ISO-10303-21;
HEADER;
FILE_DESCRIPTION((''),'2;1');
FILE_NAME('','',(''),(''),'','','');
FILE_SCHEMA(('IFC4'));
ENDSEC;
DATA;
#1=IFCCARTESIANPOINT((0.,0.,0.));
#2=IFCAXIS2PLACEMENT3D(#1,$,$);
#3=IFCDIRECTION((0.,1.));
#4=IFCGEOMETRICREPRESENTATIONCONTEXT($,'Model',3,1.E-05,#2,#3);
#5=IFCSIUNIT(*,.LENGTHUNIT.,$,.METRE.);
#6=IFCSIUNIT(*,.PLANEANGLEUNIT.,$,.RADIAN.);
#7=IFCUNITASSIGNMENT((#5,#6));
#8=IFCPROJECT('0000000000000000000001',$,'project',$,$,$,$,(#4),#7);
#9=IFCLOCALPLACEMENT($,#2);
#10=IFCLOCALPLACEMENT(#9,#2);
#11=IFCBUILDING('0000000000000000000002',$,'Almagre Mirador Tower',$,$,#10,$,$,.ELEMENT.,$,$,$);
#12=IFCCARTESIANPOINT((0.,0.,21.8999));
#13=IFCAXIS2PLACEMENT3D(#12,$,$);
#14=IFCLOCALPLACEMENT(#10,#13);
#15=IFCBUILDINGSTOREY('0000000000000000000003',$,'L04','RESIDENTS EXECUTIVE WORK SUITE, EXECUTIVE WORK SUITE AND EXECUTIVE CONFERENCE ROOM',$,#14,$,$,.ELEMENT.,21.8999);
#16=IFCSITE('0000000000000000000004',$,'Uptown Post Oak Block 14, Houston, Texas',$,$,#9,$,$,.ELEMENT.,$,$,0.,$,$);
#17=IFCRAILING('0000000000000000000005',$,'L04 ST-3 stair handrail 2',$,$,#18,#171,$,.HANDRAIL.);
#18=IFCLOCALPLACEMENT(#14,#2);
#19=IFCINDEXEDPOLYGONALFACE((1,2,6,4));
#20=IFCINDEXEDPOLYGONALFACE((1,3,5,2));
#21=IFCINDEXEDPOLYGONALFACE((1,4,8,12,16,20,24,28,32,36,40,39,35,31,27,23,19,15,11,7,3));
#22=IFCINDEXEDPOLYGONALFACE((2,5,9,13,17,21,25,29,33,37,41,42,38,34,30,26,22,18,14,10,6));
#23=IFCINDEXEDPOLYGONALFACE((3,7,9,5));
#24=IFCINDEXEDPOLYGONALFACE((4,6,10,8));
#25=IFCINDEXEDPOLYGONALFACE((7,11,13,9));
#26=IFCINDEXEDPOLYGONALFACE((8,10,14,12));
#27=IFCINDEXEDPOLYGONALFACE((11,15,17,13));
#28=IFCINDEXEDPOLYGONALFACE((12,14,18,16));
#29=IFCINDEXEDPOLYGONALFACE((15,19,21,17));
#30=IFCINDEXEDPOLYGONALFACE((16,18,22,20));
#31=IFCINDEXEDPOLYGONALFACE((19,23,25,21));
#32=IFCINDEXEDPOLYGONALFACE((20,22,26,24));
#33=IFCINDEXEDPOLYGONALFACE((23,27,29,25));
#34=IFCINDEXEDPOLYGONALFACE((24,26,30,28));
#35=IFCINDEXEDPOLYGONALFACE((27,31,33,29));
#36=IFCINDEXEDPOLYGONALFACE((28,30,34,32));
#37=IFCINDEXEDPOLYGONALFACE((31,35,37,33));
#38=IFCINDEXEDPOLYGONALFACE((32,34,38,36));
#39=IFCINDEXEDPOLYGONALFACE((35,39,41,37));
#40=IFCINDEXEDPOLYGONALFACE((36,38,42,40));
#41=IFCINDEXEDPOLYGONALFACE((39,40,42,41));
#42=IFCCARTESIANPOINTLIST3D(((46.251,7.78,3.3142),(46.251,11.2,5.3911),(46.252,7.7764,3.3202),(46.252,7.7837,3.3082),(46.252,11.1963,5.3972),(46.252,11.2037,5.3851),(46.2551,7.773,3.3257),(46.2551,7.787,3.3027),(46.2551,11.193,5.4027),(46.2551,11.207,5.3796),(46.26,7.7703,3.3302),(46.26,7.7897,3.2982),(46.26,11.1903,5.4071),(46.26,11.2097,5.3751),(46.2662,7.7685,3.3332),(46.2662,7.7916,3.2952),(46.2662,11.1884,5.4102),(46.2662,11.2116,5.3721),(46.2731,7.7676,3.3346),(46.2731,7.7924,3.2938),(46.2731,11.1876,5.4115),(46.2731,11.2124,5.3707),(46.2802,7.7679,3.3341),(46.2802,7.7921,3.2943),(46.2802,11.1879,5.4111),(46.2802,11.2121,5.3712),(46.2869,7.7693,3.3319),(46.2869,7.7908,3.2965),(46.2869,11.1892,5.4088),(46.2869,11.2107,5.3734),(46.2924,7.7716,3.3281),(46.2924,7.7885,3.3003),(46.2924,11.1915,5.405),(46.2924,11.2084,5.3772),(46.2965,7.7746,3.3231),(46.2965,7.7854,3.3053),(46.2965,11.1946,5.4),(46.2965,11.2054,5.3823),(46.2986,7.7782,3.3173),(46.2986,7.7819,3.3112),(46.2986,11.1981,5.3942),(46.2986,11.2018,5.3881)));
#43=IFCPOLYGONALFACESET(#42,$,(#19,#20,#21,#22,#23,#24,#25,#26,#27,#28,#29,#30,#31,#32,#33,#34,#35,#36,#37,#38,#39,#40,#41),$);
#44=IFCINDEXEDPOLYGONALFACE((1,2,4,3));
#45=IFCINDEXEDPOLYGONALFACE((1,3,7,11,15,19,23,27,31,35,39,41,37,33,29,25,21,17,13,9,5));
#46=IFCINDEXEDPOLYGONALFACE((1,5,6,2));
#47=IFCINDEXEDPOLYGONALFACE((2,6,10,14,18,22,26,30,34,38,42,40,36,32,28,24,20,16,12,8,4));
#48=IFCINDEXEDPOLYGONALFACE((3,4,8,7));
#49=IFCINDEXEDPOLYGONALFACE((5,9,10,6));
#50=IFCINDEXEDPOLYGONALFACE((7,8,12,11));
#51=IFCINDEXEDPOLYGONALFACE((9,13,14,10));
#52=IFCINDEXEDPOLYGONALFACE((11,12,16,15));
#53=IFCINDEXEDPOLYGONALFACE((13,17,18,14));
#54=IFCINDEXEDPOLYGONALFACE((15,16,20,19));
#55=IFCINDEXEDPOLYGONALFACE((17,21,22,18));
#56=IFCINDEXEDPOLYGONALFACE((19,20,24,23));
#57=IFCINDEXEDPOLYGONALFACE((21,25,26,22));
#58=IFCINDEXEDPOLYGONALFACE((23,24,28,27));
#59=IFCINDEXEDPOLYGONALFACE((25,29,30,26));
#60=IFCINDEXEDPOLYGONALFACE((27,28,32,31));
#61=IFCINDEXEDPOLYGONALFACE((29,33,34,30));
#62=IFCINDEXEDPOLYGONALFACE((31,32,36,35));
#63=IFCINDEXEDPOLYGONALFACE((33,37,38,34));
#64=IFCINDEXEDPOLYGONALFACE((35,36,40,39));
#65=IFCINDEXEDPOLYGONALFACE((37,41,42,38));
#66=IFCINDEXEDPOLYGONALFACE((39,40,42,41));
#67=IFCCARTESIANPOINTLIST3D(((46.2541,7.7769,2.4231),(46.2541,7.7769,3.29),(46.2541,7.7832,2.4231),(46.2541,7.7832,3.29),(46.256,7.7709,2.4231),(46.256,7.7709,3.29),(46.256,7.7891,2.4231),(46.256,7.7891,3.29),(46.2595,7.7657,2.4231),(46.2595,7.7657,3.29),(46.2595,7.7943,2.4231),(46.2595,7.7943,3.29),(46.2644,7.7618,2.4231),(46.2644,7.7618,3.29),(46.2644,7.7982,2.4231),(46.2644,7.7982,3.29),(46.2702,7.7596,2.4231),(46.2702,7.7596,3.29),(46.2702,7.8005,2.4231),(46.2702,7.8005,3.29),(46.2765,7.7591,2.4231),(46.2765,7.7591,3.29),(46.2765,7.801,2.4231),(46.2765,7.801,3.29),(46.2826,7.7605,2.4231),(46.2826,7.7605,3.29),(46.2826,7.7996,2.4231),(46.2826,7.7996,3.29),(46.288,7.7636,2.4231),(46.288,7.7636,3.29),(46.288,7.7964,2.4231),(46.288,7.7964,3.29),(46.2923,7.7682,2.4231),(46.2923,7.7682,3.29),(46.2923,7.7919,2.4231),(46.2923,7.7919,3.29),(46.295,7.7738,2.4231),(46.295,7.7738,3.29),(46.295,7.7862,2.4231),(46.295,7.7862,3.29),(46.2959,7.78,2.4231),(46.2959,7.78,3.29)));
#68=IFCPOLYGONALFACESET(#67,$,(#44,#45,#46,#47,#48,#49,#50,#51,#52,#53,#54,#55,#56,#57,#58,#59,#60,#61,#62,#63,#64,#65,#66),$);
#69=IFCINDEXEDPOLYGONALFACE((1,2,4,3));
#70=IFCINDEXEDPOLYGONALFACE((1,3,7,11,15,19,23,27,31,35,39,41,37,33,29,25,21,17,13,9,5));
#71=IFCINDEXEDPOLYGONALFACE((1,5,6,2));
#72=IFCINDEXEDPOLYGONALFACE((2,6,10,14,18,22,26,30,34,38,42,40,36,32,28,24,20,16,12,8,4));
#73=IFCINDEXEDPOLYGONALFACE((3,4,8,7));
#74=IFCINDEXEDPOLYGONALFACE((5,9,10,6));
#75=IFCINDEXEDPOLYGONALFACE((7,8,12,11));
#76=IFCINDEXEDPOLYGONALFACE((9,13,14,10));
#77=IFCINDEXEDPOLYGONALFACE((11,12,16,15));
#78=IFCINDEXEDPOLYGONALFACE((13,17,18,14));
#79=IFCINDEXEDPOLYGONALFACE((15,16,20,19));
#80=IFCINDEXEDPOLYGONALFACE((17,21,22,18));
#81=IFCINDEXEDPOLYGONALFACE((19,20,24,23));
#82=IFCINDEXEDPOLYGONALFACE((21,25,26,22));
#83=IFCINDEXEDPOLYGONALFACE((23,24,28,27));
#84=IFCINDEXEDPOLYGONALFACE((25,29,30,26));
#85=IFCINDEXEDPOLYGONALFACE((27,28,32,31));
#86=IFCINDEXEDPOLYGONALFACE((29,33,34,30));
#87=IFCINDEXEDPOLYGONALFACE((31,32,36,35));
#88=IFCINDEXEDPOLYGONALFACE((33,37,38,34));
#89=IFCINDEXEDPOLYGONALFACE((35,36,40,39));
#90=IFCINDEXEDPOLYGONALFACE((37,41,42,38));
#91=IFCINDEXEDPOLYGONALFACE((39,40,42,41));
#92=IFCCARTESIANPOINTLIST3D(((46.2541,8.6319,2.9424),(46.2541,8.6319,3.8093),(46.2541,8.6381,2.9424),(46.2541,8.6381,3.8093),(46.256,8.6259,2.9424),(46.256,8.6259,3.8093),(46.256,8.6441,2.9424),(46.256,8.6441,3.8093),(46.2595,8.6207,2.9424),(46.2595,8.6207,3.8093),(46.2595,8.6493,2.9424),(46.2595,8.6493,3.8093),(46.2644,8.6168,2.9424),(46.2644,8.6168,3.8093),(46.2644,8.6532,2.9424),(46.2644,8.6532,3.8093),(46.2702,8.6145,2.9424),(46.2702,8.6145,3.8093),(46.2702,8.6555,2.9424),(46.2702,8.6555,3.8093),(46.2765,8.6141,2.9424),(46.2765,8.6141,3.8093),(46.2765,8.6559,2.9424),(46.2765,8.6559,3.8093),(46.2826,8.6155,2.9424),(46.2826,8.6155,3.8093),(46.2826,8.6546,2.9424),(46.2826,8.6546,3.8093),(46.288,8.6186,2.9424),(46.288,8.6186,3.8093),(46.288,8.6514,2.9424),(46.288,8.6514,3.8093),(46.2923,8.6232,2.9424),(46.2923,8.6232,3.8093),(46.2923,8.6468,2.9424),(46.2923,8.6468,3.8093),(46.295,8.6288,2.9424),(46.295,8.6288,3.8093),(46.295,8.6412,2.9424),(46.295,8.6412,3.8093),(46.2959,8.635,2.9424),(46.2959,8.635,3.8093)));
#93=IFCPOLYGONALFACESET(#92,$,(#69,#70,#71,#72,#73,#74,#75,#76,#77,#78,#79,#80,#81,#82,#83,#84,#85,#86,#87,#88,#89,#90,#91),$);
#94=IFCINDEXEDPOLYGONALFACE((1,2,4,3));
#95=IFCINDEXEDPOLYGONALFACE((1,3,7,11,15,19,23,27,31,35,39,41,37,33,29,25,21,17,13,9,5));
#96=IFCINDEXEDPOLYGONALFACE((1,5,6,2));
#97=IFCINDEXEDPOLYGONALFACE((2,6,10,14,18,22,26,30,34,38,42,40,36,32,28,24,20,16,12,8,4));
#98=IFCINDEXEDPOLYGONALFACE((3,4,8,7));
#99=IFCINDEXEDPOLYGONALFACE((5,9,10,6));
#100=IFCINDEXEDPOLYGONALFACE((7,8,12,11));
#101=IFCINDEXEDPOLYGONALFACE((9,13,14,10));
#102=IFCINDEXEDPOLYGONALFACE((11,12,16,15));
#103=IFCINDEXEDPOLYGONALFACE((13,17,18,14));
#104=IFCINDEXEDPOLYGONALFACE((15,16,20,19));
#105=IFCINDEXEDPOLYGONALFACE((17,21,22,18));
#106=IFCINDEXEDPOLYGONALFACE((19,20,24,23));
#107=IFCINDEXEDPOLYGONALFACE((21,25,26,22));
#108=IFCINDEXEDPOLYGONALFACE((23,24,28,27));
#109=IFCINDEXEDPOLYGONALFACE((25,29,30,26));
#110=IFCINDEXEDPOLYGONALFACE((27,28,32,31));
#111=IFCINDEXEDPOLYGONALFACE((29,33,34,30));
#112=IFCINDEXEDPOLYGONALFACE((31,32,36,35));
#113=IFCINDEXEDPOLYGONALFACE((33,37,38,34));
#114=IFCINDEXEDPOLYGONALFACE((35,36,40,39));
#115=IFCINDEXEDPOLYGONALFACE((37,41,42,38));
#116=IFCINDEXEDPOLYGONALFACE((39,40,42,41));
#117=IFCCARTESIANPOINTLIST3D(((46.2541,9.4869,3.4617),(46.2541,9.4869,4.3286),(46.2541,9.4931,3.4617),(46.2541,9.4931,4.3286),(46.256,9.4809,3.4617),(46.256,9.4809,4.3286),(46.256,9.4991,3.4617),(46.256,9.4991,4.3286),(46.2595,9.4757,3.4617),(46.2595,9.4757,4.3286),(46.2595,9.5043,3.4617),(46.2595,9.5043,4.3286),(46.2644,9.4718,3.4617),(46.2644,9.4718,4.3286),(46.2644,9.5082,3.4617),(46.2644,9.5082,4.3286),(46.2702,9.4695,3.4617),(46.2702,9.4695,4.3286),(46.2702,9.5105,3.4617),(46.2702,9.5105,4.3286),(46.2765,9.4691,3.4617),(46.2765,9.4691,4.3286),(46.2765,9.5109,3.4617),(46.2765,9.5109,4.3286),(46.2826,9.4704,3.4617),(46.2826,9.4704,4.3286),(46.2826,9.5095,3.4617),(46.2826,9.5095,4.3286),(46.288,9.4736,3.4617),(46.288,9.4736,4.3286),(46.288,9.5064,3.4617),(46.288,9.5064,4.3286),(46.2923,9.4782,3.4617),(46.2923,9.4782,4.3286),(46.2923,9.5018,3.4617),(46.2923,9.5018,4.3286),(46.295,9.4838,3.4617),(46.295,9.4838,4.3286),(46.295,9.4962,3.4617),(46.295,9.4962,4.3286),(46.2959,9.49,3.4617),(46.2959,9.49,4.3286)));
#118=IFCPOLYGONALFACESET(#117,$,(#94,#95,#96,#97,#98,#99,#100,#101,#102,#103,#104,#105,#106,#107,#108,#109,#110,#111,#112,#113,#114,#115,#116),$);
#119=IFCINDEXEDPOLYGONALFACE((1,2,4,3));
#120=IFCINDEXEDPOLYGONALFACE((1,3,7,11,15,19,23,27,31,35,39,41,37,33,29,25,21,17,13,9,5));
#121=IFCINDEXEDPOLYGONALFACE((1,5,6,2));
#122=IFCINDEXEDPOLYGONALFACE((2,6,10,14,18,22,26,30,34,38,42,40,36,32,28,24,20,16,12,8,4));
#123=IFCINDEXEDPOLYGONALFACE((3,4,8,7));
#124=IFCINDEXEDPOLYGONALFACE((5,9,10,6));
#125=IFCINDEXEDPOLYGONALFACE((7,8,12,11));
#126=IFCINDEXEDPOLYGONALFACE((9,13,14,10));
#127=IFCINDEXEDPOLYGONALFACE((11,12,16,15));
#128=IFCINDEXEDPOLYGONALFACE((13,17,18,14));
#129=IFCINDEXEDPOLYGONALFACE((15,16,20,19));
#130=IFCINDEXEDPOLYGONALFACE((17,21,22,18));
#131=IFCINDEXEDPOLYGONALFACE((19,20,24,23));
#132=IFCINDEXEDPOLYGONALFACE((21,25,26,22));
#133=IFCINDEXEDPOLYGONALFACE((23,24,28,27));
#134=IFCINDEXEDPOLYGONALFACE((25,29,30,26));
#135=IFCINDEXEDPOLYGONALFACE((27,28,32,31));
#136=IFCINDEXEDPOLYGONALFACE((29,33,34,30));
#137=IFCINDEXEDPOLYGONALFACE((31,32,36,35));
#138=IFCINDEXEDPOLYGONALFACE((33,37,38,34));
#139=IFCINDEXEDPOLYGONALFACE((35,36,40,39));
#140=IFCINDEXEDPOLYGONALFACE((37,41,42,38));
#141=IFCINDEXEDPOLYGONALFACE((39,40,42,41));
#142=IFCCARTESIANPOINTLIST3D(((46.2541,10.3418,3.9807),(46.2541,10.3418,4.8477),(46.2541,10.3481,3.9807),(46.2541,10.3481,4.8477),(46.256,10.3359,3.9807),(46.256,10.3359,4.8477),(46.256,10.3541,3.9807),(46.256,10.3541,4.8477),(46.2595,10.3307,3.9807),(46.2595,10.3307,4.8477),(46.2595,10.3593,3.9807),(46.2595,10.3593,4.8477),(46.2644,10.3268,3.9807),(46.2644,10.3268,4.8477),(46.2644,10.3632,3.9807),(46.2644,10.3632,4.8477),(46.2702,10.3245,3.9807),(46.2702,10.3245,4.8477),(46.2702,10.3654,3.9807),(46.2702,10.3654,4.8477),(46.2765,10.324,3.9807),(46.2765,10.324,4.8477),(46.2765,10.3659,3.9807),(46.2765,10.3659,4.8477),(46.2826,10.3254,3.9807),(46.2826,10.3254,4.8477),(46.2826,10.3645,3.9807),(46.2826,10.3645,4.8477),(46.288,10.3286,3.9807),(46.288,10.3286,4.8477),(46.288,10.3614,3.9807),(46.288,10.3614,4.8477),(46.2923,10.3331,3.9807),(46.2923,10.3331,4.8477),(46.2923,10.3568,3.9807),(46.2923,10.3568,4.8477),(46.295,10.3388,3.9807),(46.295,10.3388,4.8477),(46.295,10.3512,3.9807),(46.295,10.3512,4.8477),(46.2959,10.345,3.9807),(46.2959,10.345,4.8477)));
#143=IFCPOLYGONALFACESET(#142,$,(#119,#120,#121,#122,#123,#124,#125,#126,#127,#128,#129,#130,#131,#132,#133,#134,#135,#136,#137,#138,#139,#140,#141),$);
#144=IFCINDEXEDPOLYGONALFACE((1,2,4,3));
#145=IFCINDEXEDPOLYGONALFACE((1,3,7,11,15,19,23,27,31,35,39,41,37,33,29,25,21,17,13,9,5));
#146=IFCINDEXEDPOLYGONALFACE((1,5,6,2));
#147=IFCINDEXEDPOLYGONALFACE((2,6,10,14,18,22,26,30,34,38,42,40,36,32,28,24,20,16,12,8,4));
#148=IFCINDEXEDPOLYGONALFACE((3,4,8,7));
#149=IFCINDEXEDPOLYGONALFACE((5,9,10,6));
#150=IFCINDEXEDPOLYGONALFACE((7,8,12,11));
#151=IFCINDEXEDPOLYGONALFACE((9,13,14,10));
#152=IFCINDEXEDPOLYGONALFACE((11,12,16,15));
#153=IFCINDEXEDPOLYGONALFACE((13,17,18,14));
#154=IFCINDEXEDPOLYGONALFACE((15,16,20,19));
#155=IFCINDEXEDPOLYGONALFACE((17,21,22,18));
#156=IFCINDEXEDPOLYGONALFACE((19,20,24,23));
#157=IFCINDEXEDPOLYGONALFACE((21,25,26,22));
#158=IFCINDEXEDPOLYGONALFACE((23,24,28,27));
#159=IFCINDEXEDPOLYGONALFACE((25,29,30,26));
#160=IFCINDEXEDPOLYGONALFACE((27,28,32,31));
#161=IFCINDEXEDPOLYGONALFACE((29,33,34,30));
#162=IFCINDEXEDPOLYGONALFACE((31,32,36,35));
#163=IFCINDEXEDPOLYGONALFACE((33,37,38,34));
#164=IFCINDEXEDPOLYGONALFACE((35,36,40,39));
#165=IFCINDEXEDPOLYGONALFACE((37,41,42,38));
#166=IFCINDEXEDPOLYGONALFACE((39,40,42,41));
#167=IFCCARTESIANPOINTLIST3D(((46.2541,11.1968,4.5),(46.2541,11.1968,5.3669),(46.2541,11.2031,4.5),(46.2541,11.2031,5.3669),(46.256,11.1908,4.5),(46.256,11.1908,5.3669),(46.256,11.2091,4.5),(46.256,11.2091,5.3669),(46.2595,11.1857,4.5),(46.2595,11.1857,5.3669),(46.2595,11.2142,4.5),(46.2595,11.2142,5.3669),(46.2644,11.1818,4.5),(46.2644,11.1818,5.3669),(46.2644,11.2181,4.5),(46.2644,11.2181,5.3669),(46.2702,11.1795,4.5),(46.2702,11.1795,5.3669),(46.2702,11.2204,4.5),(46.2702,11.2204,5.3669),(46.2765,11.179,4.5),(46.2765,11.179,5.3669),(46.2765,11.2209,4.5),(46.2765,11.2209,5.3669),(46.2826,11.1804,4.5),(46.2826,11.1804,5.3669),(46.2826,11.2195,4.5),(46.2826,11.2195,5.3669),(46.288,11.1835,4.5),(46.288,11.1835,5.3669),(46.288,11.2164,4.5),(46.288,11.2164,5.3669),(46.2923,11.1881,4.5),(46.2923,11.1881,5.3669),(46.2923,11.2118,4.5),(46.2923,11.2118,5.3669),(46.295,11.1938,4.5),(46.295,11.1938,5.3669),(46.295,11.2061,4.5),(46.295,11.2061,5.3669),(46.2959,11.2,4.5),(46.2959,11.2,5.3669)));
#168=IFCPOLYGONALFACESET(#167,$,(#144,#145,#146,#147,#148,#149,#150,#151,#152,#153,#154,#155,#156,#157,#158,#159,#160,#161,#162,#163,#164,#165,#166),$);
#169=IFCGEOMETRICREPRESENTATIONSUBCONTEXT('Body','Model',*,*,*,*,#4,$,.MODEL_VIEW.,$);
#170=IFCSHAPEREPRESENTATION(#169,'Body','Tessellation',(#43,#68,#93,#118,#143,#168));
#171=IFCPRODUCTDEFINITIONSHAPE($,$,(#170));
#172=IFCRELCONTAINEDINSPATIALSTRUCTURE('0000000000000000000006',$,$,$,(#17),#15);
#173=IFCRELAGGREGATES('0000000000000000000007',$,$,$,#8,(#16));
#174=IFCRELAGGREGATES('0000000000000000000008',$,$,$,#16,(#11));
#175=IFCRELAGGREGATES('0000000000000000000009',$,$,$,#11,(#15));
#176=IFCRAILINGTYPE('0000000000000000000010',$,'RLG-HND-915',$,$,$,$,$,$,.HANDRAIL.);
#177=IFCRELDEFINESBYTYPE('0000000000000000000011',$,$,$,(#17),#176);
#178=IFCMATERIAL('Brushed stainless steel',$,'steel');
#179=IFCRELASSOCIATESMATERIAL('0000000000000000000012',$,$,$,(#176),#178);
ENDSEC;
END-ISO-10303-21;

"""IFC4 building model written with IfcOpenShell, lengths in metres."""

from ifc_helpers import new_model, si_unit, direction, frame, origin, origin_2d, place, context, subcontext, project, spatial, circle, extrude, material, type_object, element, save


model = new_model("IFC4")

# Units and contexts
model_context = context("Model", 3, precision=1e-05, world=origin(), true_north=direction((0.0, 1.0)))
body_context = subcontext(model_context, "Body", "Model", "MODEL_VIEW")
ifc_project = project(units=[si_unit("LENGTHUNIT", "METRE"), si_unit("PLANEANGLEUNIT", "RADIAN")], contexts=[model_context])

# Site, building, storey
site_placement = place(None, origin())
site = spatial("IfcSite", under=ifc_project, at=site_placement, Name="Uptown Post Oak Block 14, Houston, Texas", CompositionType="ELEMENT", RefElevation=0.0)
building_placement = place(site_placement, origin())
building = spatial("IfcBuilding", under=site, at=building_placement, Name="Almagre Mirador Tower", CompositionType="ELEMENT")
storey_placement = place(building_placement, frame((0.0, 0.0, 21.8999)))
storey = spatial("IfcBuildingStorey", under=building, at=storey_placement, Name="L04", Description="RESIDENTS EXECUTIVE WORK SUITE, EXECUTIVE WORK SUITE AND EXECUTIVE CONFERENCE ROOM", CompositionType="ELEMENT", Elevation=21.8999)

# Railing
ifc_material_1 = material(Name="Brushed stainless steel", Category="steel")
railing_type = type_object("IfcRailingType", Name="RLG-HND-915", PredefinedType="HANDRAIL", material=ifc_material_1)
railing_placement = place(storey_placement, frame((46.2749, 7.78, 2.4231)))
element("IfcRailing", 1, at=railing_placement, inside=storey, type_object=railing_type, Name="L04 ST-3 stair handrail 2", PredefinedType="HANDRAIL", context=body_context, shape_type="SweptSolid", body=[
    extrude(circle(Radius=0.0239, at=origin_2d()), frame((0.0, 0.0, 0.8911), z_axis=(0.0, 0.85473, 0.519074), x_axis=(-1.0, 0.0, 0.0)), (0.0, 0.0, 1.0), 4.0012),
    extrude(circle(Radius=0.021, at=origin_2d()), origin(), (0.0, 0.0, 1.0), 0.8669),
    extrude(circle(Radius=0.021, at=origin_2d()), frame((0.0, 0.855, 0.5193)), (0.0, 0.0, 1.0), 0.8669),
    extrude(circle(Radius=0.021, at=origin_2d()), frame((0.0, 1.71, 1.0386)), (0.0, 0.0, 1.0), 0.8669),
    extrude(circle(Radius=0.021, at=origin_2d()), frame((0.0, 2.5649, 1.5576)), (0.0, 0.0, 1.0), 0.8669),
    extrude(circle(Radius=0.021, at=origin_2d()), frame((0.0, 3.4199, 2.0769)), (0.0, 0.0, 1.0), 0.8669),
])

save(model, "model.ifc")
